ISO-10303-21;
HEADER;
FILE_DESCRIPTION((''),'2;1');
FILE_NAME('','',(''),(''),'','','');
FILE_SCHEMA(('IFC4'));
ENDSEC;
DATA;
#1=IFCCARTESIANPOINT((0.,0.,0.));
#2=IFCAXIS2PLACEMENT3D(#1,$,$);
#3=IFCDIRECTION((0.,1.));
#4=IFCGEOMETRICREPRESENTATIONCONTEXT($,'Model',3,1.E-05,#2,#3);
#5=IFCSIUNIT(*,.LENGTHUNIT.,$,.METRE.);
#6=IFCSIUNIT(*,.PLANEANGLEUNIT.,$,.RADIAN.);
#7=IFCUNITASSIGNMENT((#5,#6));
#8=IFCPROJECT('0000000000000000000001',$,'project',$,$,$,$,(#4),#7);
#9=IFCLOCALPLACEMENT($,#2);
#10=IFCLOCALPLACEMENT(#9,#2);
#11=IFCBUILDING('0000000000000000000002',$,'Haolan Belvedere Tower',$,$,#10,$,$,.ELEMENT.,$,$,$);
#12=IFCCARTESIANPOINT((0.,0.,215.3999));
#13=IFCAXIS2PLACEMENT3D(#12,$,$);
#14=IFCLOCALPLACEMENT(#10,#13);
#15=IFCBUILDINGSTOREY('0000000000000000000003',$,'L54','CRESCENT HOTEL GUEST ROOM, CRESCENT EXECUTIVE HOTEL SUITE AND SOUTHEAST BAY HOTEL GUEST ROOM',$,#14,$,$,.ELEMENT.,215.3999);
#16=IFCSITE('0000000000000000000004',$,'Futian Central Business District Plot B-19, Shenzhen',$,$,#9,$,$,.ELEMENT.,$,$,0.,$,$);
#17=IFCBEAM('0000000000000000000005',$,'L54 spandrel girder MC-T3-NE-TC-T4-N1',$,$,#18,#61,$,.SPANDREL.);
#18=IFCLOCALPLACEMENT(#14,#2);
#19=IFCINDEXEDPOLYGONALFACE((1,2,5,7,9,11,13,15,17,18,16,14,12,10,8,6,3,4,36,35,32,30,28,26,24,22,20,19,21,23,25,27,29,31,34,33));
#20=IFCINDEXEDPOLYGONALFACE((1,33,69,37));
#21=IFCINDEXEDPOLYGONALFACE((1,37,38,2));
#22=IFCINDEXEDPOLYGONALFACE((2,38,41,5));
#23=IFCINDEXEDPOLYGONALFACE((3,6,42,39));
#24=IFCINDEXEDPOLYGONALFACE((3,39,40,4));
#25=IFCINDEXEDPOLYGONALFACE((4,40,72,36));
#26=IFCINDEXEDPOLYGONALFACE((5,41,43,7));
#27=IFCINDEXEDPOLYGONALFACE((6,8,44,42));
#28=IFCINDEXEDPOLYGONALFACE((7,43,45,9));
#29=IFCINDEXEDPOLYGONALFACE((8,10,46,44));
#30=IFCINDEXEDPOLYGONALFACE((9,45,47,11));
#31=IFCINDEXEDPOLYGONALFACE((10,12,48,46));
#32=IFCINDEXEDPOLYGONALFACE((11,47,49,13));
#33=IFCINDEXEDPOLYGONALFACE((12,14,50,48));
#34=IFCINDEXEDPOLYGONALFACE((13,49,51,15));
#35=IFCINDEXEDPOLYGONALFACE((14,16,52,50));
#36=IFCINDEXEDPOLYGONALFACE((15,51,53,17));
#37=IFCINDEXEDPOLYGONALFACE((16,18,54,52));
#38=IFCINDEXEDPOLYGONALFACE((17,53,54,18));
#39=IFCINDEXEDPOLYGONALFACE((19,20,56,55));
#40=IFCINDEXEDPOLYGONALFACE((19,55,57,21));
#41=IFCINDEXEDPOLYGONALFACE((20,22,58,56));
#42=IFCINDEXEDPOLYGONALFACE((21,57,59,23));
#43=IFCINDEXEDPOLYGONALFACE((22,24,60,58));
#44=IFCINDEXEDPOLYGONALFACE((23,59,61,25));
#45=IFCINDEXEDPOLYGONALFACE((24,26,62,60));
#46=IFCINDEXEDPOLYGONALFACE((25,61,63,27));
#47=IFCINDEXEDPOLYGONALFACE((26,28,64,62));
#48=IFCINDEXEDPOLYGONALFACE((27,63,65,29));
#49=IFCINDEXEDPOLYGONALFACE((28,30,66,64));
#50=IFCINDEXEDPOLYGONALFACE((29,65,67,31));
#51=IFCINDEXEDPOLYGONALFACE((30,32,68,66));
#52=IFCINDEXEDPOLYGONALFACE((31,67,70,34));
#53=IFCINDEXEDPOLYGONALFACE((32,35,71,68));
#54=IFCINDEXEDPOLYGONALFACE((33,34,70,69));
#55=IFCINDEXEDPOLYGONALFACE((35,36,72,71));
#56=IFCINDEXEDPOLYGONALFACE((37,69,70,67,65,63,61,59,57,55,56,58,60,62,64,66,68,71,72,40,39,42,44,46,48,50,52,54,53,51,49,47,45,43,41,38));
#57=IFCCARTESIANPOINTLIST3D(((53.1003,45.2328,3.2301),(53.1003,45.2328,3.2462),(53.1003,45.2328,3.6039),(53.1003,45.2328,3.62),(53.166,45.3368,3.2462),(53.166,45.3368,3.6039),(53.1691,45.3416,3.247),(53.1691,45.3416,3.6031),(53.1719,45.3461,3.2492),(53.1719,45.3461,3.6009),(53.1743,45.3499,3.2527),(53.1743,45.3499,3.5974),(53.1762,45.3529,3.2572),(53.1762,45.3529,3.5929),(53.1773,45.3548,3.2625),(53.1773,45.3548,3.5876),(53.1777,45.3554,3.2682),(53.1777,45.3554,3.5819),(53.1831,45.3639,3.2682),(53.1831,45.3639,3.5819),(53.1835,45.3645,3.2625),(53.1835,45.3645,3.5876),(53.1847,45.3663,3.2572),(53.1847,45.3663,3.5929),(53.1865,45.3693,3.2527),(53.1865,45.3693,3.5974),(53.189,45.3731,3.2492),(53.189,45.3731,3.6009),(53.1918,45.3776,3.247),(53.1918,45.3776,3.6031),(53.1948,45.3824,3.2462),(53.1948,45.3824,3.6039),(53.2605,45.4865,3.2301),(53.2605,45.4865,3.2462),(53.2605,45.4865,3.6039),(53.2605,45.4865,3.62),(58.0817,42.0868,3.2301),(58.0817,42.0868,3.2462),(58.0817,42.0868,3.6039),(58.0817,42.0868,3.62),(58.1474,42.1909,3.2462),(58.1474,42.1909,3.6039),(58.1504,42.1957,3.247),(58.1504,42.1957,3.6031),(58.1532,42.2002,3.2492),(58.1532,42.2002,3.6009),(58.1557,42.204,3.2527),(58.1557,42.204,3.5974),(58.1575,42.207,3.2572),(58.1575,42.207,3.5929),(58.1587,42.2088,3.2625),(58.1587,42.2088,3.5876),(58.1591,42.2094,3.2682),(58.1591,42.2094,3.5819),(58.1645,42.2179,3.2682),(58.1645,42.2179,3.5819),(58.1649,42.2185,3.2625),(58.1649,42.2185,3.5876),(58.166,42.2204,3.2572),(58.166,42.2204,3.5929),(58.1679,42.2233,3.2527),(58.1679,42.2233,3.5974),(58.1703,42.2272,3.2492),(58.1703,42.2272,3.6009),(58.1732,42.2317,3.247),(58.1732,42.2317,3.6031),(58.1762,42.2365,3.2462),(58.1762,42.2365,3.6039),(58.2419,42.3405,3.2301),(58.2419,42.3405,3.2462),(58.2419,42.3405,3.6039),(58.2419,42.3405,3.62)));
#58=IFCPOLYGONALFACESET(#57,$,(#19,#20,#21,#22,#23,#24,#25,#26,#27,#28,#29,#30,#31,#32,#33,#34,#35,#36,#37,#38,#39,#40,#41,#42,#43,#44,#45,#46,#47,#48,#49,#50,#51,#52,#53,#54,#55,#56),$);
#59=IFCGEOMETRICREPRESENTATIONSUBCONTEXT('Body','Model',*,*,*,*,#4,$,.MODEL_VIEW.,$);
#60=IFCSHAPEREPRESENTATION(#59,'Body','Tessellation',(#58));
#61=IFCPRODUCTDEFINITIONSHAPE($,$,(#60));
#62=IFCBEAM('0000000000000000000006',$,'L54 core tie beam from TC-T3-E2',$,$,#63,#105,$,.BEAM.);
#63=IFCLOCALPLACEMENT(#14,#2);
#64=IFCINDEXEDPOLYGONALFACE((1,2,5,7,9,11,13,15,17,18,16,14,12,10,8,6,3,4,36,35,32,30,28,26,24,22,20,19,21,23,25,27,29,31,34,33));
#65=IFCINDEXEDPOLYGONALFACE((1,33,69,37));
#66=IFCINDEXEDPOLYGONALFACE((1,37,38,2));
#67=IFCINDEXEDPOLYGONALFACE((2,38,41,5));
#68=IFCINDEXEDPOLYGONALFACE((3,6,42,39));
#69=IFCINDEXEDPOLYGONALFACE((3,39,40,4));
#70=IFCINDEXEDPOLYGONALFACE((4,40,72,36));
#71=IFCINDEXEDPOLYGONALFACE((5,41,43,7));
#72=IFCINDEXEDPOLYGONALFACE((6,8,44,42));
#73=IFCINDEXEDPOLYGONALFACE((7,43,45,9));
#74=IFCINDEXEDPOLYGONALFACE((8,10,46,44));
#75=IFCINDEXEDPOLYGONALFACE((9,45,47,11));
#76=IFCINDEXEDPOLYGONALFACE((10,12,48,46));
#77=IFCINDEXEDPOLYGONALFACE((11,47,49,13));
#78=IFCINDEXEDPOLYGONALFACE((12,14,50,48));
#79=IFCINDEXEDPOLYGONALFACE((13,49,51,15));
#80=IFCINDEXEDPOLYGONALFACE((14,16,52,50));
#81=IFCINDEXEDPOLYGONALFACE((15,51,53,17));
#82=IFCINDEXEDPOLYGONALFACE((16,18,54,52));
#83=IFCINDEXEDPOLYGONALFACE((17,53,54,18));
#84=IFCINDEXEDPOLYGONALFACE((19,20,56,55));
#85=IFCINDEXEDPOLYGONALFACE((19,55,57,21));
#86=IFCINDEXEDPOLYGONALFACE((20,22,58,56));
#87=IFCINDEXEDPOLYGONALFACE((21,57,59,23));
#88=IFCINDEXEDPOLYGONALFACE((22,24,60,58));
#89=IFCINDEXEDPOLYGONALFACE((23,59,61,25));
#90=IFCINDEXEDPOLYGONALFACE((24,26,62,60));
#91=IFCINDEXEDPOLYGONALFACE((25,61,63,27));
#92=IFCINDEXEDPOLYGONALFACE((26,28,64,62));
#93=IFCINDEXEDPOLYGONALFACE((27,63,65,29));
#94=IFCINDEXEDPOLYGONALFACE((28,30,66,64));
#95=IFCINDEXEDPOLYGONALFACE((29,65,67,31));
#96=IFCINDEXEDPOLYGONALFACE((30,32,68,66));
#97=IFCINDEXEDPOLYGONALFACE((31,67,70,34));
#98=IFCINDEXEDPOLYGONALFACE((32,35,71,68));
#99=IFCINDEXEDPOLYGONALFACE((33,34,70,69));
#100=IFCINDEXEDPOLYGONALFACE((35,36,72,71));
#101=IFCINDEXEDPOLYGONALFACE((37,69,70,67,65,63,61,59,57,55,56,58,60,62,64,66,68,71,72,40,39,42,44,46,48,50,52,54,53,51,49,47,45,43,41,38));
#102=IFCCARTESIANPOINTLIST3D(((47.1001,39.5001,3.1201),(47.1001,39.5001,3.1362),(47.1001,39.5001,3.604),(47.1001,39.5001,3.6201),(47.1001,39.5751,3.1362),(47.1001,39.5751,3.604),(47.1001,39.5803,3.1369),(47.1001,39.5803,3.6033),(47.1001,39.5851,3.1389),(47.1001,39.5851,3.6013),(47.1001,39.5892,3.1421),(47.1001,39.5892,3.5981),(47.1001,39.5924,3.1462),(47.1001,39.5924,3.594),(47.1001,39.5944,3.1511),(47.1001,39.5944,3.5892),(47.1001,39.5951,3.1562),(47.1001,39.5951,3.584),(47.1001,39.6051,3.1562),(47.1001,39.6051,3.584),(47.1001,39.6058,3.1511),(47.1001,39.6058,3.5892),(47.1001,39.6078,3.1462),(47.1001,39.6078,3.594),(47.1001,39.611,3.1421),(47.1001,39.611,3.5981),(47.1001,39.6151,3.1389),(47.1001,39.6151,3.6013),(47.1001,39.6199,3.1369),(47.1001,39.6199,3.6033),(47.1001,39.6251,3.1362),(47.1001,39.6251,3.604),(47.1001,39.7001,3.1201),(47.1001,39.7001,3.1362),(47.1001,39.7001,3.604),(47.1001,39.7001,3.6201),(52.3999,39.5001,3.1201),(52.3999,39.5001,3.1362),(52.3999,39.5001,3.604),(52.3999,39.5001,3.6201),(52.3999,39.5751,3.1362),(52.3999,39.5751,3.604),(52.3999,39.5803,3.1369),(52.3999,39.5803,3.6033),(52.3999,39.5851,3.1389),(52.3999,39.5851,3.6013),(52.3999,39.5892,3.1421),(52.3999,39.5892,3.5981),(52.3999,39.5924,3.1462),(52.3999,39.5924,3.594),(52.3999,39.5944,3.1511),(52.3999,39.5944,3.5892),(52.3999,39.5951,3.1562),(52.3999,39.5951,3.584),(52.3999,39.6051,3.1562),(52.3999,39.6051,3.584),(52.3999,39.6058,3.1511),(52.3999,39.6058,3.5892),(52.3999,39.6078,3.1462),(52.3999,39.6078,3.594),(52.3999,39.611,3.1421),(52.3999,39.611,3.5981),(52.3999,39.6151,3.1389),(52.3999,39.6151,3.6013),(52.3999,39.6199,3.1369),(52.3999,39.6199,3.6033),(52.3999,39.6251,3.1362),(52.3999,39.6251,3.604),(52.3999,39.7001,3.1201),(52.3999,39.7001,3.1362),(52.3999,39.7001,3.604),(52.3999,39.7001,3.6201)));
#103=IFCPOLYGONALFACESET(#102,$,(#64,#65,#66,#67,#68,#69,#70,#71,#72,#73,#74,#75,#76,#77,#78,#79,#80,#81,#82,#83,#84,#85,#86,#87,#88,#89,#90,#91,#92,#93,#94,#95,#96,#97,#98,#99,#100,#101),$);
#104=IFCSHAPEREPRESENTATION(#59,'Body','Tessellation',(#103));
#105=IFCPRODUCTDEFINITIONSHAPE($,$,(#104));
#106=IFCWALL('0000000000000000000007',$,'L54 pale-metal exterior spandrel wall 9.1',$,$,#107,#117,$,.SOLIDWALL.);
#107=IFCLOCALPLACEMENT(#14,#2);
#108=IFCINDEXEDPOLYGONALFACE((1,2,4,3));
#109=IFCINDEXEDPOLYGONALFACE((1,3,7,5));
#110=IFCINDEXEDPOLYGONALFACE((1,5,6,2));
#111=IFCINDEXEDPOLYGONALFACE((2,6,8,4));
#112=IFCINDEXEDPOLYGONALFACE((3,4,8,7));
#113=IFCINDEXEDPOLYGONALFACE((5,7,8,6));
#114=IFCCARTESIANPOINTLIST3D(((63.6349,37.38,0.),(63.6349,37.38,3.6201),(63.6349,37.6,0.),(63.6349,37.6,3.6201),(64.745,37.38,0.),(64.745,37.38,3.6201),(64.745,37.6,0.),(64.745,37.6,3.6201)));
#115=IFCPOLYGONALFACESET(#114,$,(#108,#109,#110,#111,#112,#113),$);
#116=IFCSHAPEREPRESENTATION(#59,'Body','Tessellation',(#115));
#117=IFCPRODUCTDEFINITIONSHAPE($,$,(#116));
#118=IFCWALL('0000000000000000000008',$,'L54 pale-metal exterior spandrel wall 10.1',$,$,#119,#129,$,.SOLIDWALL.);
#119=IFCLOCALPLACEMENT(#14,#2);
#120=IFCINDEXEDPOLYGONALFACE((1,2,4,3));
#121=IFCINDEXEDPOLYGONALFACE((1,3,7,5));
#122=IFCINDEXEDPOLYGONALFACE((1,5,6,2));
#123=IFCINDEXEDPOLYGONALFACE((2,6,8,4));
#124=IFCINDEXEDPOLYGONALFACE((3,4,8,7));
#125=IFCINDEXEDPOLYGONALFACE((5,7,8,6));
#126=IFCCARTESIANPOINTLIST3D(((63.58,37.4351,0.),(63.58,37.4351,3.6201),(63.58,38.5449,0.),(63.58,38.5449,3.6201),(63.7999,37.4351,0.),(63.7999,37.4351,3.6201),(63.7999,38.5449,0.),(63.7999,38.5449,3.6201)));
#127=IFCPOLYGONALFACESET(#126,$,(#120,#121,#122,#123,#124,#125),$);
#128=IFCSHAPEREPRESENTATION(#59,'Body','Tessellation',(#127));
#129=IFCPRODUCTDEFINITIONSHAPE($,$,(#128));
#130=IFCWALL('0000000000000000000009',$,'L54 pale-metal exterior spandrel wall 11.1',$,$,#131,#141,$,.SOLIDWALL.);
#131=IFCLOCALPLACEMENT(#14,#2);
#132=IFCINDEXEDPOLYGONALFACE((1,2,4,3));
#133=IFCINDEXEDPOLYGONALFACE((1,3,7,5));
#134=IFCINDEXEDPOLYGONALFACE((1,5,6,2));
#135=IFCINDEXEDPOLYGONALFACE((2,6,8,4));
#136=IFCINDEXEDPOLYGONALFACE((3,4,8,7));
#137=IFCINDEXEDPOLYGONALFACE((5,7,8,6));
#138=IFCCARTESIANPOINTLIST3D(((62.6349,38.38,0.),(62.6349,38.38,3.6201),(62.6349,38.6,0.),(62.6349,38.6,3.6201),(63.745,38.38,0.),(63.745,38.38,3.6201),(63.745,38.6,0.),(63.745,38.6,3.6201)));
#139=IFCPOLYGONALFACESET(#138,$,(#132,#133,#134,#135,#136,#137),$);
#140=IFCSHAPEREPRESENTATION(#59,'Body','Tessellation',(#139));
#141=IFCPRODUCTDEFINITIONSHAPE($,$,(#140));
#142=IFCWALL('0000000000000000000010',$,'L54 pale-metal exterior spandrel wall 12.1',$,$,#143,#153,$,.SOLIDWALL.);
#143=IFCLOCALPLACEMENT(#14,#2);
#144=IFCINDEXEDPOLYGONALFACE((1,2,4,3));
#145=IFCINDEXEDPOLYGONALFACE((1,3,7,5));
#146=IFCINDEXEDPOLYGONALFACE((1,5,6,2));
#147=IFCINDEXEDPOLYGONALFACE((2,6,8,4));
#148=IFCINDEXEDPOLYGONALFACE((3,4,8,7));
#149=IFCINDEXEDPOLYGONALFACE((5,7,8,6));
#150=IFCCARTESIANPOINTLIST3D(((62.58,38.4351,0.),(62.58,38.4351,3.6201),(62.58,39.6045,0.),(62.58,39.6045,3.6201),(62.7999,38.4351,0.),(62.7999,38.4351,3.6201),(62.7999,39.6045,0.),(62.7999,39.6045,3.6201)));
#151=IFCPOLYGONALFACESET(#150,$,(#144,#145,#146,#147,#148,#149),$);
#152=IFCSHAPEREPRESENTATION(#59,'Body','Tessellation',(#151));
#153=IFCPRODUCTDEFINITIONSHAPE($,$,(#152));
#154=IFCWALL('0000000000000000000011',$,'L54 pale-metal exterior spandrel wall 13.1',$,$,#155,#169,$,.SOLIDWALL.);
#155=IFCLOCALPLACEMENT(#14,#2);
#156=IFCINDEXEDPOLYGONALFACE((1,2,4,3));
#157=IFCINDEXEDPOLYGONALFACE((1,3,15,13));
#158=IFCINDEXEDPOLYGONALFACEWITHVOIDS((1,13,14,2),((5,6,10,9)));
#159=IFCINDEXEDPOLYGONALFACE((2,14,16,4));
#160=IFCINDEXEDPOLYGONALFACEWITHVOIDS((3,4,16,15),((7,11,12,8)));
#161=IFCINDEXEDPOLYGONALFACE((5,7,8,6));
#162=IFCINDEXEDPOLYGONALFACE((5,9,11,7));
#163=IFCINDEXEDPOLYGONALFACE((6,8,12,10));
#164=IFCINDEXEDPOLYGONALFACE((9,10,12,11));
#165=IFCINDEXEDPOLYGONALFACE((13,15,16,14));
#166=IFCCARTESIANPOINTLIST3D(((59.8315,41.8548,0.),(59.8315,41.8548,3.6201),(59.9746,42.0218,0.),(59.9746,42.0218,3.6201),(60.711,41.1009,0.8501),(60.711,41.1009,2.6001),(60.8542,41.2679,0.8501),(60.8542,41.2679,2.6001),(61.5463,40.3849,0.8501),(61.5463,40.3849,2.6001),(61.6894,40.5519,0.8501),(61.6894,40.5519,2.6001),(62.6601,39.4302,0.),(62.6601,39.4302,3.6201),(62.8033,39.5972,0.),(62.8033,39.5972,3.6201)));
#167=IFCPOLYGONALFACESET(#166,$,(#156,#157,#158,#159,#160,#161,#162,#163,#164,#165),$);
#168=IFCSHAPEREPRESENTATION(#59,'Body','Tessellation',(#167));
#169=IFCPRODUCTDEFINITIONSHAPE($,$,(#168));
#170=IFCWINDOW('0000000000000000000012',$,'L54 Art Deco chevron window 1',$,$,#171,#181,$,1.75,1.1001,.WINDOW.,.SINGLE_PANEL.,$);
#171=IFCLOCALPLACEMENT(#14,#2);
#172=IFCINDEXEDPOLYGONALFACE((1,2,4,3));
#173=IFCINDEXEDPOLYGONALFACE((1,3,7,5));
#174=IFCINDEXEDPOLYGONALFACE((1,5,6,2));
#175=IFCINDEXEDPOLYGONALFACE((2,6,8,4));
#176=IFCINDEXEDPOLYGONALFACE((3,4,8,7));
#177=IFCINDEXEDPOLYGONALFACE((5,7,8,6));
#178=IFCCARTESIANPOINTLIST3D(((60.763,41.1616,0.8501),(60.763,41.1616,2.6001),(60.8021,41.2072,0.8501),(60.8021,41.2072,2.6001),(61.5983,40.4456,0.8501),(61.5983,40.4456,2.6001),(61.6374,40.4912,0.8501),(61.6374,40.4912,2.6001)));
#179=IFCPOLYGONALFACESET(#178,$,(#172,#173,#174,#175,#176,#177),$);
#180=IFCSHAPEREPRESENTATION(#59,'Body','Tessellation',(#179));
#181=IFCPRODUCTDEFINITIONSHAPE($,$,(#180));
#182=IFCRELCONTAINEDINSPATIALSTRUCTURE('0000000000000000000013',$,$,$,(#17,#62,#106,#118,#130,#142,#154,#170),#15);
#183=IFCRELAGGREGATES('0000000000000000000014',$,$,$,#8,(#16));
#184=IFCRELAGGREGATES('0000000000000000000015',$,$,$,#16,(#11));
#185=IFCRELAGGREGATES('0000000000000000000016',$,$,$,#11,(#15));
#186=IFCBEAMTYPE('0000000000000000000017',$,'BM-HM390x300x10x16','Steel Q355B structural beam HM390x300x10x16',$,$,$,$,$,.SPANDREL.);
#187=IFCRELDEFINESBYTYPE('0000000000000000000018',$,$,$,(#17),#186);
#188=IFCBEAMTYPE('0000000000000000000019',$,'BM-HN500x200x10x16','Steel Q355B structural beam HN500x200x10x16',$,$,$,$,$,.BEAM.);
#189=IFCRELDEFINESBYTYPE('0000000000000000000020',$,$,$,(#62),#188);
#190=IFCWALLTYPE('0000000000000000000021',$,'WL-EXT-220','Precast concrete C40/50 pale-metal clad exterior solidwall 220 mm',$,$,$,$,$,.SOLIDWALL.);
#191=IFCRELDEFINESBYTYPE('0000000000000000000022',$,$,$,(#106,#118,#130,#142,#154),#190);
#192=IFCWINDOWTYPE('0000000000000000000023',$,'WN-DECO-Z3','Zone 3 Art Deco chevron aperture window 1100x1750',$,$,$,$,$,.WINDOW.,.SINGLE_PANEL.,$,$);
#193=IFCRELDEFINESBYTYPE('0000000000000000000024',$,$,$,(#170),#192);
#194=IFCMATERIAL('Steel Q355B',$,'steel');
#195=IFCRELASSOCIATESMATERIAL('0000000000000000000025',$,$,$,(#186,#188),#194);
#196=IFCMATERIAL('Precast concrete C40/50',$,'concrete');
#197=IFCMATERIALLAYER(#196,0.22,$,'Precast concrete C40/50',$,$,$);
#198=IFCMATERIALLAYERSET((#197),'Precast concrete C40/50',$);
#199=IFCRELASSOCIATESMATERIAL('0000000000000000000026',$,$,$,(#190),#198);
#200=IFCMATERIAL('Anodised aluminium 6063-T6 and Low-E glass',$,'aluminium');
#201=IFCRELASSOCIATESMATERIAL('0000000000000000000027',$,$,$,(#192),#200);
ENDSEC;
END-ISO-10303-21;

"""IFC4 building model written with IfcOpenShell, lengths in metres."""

from ifc_helpers import new_model, si_unit, direction, frame, frame_2d, origin, origin_2d, place, context, subcontext, project, spatial, rectangle, i_section, extrude, material, layer, layer_set, material_profile, profile_set, type_object, element, fill, save


model = new_model("IFC4")

# Units and contexts
model_context = context("Model", 3, precision=1e-05, world=origin(), true_north=direction((0.0, 1.0)))
body_context = subcontext(model_context, "Body", "Model", "MODEL_VIEW")
ifc_project = project(units=[si_unit("LENGTHUNIT", "METRE"), si_unit("PLANEANGLEUNIT", "RADIAN")], contexts=[model_context])

# Site, building, storey
site_placement = place(None, origin())
site = spatial("IfcSite", under=ifc_project, at=site_placement, Name="Futian Central Business District Plot B-19, Shenzhen", CompositionType="ELEMENT", RefElevation=0.0)
building_placement = place(site_placement, origin())
building = spatial("IfcBuilding", under=site, at=building_placement, Name="Haolan Belvedere Tower", CompositionType="ELEMENT")
storey_placement = place(building_placement, frame((0.0, 0.0, 215.3999)))
storey = spatial("IfcBuildingStorey", under=building, at=storey_placement, Name="L54", Description="CRESCENT HOTEL GUEST ROOM, CRESCENT EXECUTIVE HOTEL SUITE AND SOUTHEAST BAY HOTEL GUEST ROOM", CompositionType="ELEMENT", Elevation=215.3999)

# Beams
ifc_material_1 = material(Name="Steel Q355B", Category="steel")
ifc_material_profile_1 = material_profile(ifc_material_1, i_section(OverallWidth=0.3, OverallDepth=0.3899, WebThickness=0.01, FlangeThickness=0.0161, FilletRadius=0.022, at=origin_2d()), Name="Steel Q355B")
ifc_profile_set_1 = profile_set([ifc_material_profile_1], Name="Steel Q355B")
beam_type_1 = type_object("IfcBeamType", Name="BM-HM390x300x10x16", Description="Steel Q355B structural beam HM390x300x10x16", PredefinedType="SPANDREL", material=ifc_profile_set_1)
beam_1_placement = place(storey_placement, frame((53.1804, 45.3596, 3.425), z_axis=(0.845503, -0.533971, 0.0), x_axis=(0.533971, 0.845503, 0.0)))
element("IfcBeam", 1, at=beam_1_placement, inside=storey, type_object=beam_type_1, Name="L54 spandrel girder MC-T3-NE-TC-T4-N1", PredefinedType="SPANDREL", context=body_context, shape_type="SweptSolid", body=[
    extrude(i_section(OverallWidth=0.3, OverallDepth=0.3899, WebThickness=0.01, FlangeThickness=0.0161, FilletRadius=0.022, at=origin_2d()), origin(), (0.0, 0.0, 1.0), 5.8916),
])
ifc_material_profile_2 = material_profile(ifc_material_1, i_section(OverallWidth=0.2, OverallDepth=0.5, WebThickness=0.01, FlangeThickness=0.0161, FilletRadius=0.02, at=origin_2d()), Name="Steel Q355B")
ifc_profile_set_2 = profile_set([ifc_material_profile_2], Name="Steel Q355B")
beam_type_2 = type_object("IfcBeamType", Name="BM-HN500x200x10x16", Description="Steel Q355B structural beam HN500x200x10x16", PredefinedType="BEAM", material=ifc_profile_set_2)
beam_2_placement = place(storey_placement, frame((52.3999, 39.6001, 3.3701), z_axis=(-1.0, 0.0, 0.0), x_axis=(0.0, -1.0, 0.0)))
element("IfcBeam", 2, at=beam_2_placement, inside=storey, type_object=beam_type_2, Name="L54 core tie beam from TC-T3-E2", PredefinedType="BEAM", context=body_context, shape_type="SweptSolid", body=[
    extrude(i_section(OverallWidth=0.2, OverallDepth=0.5, WebThickness=0.01, FlangeThickness=0.0161, FilletRadius=0.02, at=origin_2d()), origin(), (0.0, 0.0, 1.0), 5.2998),
])

# Walls
ifc_material_2 = material(Name="Precast concrete C40/50", Category="concrete")
ifc_layer_1 = layer(ifc_material_2, 0.22, Name="Precast concrete C40/50")
ifc_layer_set_1 = layer_set([ifc_layer_1], Name="Precast concrete C40/50")
wall_type_1 = type_object("IfcWallType", Name="WL-EXT-220", Description="Precast concrete C40/50 pale-metal clad exterior solidwall 220 mm", PredefinedType="SOLIDWALL", material=ifc_layer_set_1)
wall_1_placement = place(storey_placement, frame((64.7451, 37.49, 0.0), z_axis=(0.0, 0.0, 1.0), x_axis=(-1.0, 0.0, 0.0)))
element("IfcWall", 3, at=wall_1_placement, inside=storey, type_object=wall_type_1, Name="L54 pale-metal exterior spandrel wall 9.1", PredefinedType="SOLIDWALL", context=body_context, shape_type="SweptSolid", body=[
    extrude(rectangle(XDim=1.1101, YDim=0.22, at=frame_2d((0.5552, 0.0))), origin(), (0.0, 0.0, 1.0), 3.6201),
])
wall_2_placement = place(storey_placement, frame((63.6899, 37.4351, 0.0), z_axis=(0.0, 0.0, 1.0), x_axis=(0.0, 1.0, 0.0)))
element("IfcWall", 4, at=wall_2_placement, inside=storey, type_object=wall_type_1, Name="L54 pale-metal exterior spandrel wall 10.1", PredefinedType="SOLIDWALL", context=body_context, shape_type="SweptSolid", body=[
    extrude(rectangle(XDim=1.1099, YDim=0.22, at=frame_2d((0.5549, 0.0))), origin(), (0.0, 0.0, 1.0), 3.6201),
])
wall_3_placement = place(storey_placement, frame((63.7451, 38.49, 0.0), z_axis=(0.0, 0.0, 1.0), x_axis=(-1.0, 0.0, 0.0)))
element("IfcWall", 5, at=wall_3_placement, inside=storey, type_object=wall_type_1, Name="L54 pale-metal exterior spandrel wall 11.1", PredefinedType="SOLIDWALL", context=body_context, shape_type="SweptSolid", body=[
    extrude(rectangle(XDim=1.1101, YDim=0.22, at=frame_2d((0.5552, 0.0))), origin(), (0.0, 0.0, 1.0), 3.6201),
])
wall_4_placement = place(storey_placement, frame((62.6899, 38.4351, 0.0), z_axis=(0.0, 0.0, 1.0), x_axis=(0.0, 1.0, 0.0)))
element("IfcWall", 6, at=wall_4_placement, inside=storey, type_object=wall_type_1, Name="L54 pale-metal exterior spandrel wall 12.1", PredefinedType="SOLIDWALL", context=body_context, shape_type="SweptSolid", body=[
    extrude(rectangle(XDim=1.1694, YDim=0.22, at=frame_2d((0.5847, 0.0))), origin(), (0.0, 0.0, 1.0), 3.6201),
])

# Wall, opening, window
wall_5_placement = place(storey_placement, frame((62.7317, 39.5137, 0.0), z_axis=(0.0, 0.0, 1.0), x_axis=(-0.759252, 0.650797, 0.0)))
wall_5 = element("IfcWall", 7, at=wall_5_placement, inside=storey, type_object=wall_type_1, Name="L54 pale-metal exterior spandrel wall 13.1", PredefinedType="SOLIDWALL", context=body_context, shape_type="SweptSolid", body=[
    extrude(rectangle(XDim=3.7256, YDim=0.22, at=frame_2d((1.8628, 0.0))), origin(), (0.0, 0.0, 1.0), 3.6201),
])
opening_1_placement = place(wall_5_placement, frame((1.467, 0.0, 0.8501)))
opening_1 = element("IfcOpeningElement", 8, at=opening_1_placement, cuts=wall_5, PredefinedType="OPENING", context=body_context, shape_type="SweptSolid", body=[
    extrude(rectangle(XDim=1.1001, YDim=1.75, at=frame_2d((0.55, 0.875))), frame((0.0, 0.1199, 0.0), z_axis=(0.0, -1.0, 0.0), x_axis=(1.0, 0.0, 0.0)), (0.0, 0.0, 1.0), 0.24),
])
ifc_material_3 = material(Name="Anodised aluminium 6063-T6 and Low-E glass", Category="aluminium")
window_type = type_object("IfcWindowType", Name="WN-DECO-Z3", Description="Zone 3 Art Deco chevron aperture window 1100x1750", PartitioningType="SINGLE_PANEL", PredefinedType="WINDOW", material=ifc_material_3)
window_1_placement = place(opening_1_placement, origin())
window_1 = element("IfcWindow", 9, at=window_1_placement, inside=storey, type_object=window_type, Name="L54 Art Deco chevron window 1", OverallHeight=1.75, OverallWidth=1.1001, PartitioningType="SINGLE_PANEL", PredefinedType="WINDOW", context=body_context, shape_type="SweptSolid", body=[
    extrude(rectangle(XDim=1.1001, YDim=1.75, at=frame_2d((0.55, 0.875))), frame((0.0, 0.03, 0.0), z_axis=(0.0, -1.0, 0.0), x_axis=(1.0, 0.0, 0.0)), (0.0, 0.0, 1.0), 0.0601),
])
fill(opening_1, window_1)

save(model, "model.ifc")
